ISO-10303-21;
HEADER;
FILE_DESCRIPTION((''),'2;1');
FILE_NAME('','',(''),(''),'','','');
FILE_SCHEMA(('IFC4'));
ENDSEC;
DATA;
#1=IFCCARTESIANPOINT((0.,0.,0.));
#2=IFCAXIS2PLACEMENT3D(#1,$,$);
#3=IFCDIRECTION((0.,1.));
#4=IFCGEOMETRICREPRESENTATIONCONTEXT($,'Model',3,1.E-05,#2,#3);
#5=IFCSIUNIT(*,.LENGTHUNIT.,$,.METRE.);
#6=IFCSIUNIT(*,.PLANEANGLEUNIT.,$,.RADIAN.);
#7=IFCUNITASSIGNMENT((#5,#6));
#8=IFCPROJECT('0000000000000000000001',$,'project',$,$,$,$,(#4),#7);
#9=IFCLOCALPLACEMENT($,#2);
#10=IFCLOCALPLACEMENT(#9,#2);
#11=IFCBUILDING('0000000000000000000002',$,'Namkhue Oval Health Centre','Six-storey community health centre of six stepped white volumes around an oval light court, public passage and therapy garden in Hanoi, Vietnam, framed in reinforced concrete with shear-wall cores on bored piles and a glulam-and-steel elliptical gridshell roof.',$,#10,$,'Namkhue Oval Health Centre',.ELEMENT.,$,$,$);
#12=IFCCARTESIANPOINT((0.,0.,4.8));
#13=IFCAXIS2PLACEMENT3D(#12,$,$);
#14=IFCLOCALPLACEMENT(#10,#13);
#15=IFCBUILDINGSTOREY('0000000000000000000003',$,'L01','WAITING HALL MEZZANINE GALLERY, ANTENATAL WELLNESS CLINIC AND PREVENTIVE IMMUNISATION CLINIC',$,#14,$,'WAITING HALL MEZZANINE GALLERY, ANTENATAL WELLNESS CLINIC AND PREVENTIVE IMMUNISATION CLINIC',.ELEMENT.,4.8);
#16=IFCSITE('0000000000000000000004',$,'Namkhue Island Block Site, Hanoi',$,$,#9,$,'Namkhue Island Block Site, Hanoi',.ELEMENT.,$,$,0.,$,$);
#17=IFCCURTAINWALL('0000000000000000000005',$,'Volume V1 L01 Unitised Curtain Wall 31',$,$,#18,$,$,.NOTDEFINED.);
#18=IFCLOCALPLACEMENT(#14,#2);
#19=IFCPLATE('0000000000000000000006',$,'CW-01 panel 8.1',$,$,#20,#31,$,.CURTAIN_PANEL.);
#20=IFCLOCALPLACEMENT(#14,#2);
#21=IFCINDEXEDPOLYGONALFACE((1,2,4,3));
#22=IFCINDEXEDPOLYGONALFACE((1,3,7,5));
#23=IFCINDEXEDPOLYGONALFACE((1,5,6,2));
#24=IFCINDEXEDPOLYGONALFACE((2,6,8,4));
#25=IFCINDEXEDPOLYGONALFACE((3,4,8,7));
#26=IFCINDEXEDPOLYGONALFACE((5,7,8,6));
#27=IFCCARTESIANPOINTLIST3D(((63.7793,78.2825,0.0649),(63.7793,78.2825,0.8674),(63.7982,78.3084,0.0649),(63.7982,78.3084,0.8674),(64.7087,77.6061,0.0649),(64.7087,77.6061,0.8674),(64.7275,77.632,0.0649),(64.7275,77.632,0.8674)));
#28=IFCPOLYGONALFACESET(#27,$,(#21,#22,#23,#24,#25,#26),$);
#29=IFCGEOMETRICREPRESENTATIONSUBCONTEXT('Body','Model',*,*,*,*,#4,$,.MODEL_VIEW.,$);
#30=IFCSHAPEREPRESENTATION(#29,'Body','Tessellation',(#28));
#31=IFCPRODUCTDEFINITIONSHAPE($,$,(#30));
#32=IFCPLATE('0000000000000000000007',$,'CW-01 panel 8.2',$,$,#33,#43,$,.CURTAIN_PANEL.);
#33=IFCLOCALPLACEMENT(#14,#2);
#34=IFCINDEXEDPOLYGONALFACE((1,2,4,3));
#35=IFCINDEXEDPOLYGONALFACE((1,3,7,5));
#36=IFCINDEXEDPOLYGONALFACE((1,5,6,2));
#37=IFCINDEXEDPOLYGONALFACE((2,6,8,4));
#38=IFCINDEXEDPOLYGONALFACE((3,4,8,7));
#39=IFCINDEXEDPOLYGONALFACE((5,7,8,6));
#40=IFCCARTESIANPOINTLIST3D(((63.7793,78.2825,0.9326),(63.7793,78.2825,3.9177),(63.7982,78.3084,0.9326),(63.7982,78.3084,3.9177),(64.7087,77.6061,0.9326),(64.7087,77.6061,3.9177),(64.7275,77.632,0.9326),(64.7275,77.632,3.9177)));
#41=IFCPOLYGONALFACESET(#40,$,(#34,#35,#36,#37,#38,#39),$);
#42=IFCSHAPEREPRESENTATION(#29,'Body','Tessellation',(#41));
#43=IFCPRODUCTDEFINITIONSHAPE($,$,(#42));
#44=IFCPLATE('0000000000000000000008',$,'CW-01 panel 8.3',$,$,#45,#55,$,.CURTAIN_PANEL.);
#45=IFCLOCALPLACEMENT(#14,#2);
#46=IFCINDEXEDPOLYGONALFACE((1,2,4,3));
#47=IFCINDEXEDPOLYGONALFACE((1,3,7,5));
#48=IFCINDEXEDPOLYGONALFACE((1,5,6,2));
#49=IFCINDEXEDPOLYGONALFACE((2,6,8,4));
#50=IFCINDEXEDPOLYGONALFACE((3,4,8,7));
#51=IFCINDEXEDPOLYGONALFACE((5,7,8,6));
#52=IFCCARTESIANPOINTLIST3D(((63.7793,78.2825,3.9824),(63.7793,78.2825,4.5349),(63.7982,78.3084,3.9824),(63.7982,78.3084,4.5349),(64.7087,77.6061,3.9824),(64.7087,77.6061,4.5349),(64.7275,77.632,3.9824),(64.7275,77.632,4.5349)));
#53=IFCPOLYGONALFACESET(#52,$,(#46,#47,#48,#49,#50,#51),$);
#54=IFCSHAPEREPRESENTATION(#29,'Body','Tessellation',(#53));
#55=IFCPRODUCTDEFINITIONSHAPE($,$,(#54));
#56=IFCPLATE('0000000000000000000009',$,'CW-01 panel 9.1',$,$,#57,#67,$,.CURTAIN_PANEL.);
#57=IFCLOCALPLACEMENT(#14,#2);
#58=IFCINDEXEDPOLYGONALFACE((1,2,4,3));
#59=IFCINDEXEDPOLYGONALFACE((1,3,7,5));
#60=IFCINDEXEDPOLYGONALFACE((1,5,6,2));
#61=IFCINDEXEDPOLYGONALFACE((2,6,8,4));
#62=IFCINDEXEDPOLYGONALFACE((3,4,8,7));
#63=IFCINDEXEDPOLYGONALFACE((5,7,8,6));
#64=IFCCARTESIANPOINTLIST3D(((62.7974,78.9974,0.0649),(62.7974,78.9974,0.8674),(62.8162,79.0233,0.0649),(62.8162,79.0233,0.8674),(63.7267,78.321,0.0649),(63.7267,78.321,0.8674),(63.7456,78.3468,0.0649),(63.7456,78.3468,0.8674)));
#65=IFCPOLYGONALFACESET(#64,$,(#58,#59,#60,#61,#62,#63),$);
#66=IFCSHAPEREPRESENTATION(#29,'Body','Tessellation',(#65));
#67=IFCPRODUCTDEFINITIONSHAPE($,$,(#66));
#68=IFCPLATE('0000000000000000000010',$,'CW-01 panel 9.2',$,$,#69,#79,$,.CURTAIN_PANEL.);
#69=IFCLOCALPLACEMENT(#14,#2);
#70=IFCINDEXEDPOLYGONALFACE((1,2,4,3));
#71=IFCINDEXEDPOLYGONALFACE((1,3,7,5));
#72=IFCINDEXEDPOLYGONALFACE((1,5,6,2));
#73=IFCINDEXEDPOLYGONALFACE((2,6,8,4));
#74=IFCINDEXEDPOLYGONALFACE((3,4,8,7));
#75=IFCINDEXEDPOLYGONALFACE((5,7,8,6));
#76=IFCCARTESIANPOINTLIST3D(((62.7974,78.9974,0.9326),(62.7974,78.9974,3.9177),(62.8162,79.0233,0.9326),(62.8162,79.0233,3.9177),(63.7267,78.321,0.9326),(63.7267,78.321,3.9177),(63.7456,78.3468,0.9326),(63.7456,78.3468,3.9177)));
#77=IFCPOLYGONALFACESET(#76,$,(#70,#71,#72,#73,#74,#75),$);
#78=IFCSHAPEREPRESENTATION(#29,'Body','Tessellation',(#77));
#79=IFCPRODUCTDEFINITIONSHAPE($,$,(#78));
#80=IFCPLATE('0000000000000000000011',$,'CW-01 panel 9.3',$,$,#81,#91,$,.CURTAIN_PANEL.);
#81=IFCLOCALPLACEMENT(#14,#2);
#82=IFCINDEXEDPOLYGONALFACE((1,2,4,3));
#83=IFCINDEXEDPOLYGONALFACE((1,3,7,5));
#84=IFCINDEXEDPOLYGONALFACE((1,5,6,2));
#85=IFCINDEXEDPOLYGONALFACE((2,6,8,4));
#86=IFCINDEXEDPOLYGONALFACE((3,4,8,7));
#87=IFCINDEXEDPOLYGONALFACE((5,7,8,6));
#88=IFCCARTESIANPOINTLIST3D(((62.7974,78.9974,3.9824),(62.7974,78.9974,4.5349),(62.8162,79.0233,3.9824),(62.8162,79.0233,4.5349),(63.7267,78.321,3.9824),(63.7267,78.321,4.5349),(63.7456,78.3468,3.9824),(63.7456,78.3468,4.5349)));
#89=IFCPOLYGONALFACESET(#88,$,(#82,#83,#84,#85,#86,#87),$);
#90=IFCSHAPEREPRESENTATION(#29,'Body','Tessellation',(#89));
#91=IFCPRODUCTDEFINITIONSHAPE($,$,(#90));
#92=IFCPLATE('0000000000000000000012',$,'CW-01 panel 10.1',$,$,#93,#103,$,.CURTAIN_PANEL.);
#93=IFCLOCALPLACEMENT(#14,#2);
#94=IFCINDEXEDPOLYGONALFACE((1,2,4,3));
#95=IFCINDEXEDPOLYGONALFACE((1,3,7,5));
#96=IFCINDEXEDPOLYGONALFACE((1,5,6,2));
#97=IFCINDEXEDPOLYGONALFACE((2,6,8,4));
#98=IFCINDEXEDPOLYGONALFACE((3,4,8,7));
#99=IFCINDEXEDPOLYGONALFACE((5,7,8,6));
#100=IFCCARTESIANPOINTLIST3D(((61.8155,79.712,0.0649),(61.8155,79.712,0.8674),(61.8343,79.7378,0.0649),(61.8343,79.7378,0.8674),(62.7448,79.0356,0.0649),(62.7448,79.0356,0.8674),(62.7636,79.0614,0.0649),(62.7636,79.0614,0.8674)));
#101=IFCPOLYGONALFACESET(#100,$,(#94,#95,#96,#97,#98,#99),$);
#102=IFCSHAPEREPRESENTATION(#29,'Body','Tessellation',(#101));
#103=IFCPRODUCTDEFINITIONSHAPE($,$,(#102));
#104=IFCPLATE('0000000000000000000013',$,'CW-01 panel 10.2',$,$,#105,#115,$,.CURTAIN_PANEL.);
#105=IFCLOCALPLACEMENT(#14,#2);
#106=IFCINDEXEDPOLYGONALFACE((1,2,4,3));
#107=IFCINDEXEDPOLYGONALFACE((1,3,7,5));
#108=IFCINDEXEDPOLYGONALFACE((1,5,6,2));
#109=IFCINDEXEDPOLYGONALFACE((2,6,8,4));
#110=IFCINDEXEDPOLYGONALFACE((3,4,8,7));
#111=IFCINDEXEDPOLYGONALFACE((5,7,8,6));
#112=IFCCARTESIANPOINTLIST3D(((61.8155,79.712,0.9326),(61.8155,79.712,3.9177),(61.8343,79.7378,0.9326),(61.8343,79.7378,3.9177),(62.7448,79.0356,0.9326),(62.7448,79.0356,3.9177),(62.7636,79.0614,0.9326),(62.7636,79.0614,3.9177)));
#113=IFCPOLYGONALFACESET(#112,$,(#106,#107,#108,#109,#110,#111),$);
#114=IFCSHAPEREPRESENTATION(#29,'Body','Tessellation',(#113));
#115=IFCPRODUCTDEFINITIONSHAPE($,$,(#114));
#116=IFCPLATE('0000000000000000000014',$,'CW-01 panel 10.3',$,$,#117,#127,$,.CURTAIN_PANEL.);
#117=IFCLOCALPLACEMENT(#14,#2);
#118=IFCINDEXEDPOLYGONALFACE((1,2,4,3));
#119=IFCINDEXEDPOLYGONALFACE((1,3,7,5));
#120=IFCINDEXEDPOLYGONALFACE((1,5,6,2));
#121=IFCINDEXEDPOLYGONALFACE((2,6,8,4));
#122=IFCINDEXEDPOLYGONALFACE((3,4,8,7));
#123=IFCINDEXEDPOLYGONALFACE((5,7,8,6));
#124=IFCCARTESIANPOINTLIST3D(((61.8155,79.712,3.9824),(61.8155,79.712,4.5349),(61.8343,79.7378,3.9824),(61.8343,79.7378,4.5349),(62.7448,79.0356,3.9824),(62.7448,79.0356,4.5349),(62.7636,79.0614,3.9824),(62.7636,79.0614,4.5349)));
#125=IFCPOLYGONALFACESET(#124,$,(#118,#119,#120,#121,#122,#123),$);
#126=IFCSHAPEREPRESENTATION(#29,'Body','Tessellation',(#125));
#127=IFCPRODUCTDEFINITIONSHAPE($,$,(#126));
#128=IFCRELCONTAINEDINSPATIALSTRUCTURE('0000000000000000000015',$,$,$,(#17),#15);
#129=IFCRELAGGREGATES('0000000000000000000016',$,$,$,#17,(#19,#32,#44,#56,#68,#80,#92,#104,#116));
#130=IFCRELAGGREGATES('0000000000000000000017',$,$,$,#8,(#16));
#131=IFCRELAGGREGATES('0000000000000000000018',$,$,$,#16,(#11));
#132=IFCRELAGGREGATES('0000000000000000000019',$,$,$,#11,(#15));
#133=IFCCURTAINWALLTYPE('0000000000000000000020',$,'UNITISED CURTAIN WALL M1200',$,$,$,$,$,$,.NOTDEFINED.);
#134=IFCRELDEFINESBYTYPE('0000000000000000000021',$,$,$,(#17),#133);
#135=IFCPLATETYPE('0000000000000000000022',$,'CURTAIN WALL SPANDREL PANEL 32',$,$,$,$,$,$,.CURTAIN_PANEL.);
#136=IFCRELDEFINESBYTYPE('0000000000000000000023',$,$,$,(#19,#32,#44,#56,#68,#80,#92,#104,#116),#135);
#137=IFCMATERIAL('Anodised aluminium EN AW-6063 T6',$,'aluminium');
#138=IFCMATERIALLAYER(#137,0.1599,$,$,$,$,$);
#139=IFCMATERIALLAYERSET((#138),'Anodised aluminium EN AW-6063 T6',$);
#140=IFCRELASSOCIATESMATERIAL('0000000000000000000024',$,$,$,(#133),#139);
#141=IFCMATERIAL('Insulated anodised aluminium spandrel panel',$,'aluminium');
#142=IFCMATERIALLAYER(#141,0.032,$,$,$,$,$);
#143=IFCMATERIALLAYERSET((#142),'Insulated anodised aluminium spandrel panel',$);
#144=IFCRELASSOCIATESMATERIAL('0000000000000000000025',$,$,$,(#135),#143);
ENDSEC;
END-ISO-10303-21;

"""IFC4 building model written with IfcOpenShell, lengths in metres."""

from ifc_helpers import new_model, si_unit, direction, frame, origin, origin_2d, place, context, subcontext, project, spatial, rectangle, extrude, material, layer, layer_set, type_object, element, aggregate, save


model = new_model("IFC4")

# Units and contexts
model_context = context("Model", 3, precision=1e-05, world=origin(), true_north=direction((0.0, 1.0)))
body_context = subcontext(model_context, "Body", "Model", "MODEL_VIEW")
ifc_project = project(units=[si_unit("LENGTHUNIT", "METRE"), si_unit("PLANEANGLEUNIT", "RADIAN")], contexts=[model_context])

# Site, building, storey
site_placement = place(None, origin())
site = spatial("IfcSite", under=ifc_project, at=site_placement, Name="Namkhue Island Block Site, Hanoi", LongName="Namkhue Island Block Site, Hanoi", CompositionType="ELEMENT", RefElevation=0.0)
building_placement = place(site_placement, origin())
building = spatial("IfcBuilding", under=site, at=building_placement, Name="Namkhue Oval Health Centre", Description="Six-storey community health centre of six stepped white volumes around an oval light court, public passage and therapy garden in Hanoi, Vietnam, framed in reinforced concrete with shear-wall cores on bored piles and a glulam-and-steel elliptical gridshell roof.", LongName="Namkhue Oval Health Centre", CompositionType="ELEMENT")
storey_placement = place(building_placement, frame((0.0, 0.0, 4.8)))
storey = spatial("IfcBuildingStorey", under=building, at=storey_placement, Name="L01", Description="WAITING HALL MEZZANINE GALLERY, ANTENATAL WELLNESS CLINIC AND PREVENTIVE IMMUNISATION CLINIC", LongName="WAITING HALL MEZZANINE GALLERY, ANTENATAL WELLNESS CLINIC AND PREVENTIVE IMMUNISATION CLINIC", CompositionType="ELEMENT", Elevation=4.8)

# Curtain wall, plates
ifc_material_1 = material(Name="Anodised aluminium EN AW-6063 T6", Category="aluminium")
ifc_layer_1 = layer(ifc_material_1, 0.1599)
ifc_layer_set_1 = layer_set([ifc_layer_1], Name="Anodised aluminium EN AW-6063 T6")
curtain_wall_type = type_object("IfcCurtainWallType", Name="UNITISED CURTAIN WALL M1200", PredefinedType="NOTDEFINED", material=ifc_layer_set_1)
curtain_wall_placement = place(storey_placement, origin())
curtain_wall = element("IfcCurtainWall", 1, at=curtain_wall_placement, inside=storey, type_object=curtain_wall_type, Name="Volume V1 L01 Unitised Curtain Wall 31", PredefinedType="NOTDEFINED")
ifc_material_2 = material(Name="Insulated anodised aluminium spandrel panel", Category="aluminium")
ifc_layer_2 = layer(ifc_material_2, 0.032)
ifc_layer_set_2 = layer_set([ifc_layer_2], Name="Insulated anodised aluminium spandrel panel")
plate_type = type_object("IfcPlateType", Name="CURTAIN WALL SPANDREL PANEL 32", PredefinedType="CURTAIN_PANEL", material=ifc_layer_set_2)
plate_1_placement = place(storey_placement, frame((64.2534, 77.9573, 0.0649), z_axis=(0.0, 0.0, 1.0), x_axis=(-0.808514, 0.588477, 0.0)))
plate_1 = element("IfcPlate", 2, at=plate_1_placement, type_object=plate_type, Name="CW-01 panel 8.1", PredefinedType="CURTAIN_PANEL", context=body_context, shape_type="SweptSolid", body=[
    extrude(rectangle(XDim=1.1494, YDim=0.032, at=origin_2d()), origin(), (0.0, 0.0, 1.0), 0.8025),
])
plate_2_placement = place(storey_placement, frame((64.2534, 77.9573, 0.9326), z_axis=(0.0, 0.0, 1.0), x_axis=(-0.808514, 0.588477, 0.0)))
plate_2 = element("IfcPlate", 3, at=plate_2_placement, type_object=plate_type, Name="CW-01 panel 8.2", PredefinedType="CURTAIN_PANEL", context=body_context, shape_type="SweptSolid", body=[
    extrude(rectangle(XDim=1.1494, YDim=0.032, at=origin_2d()), origin(), (0.0, 0.0, 1.0), 2.9851),
])
plate_3_placement = place(storey_placement, frame((64.2534, 77.9573, 3.9824), z_axis=(0.0, 0.0, 1.0), x_axis=(-0.808514, 0.588477, 0.0)))
plate_3 = element("IfcPlate", 4, at=plate_3_placement, type_object=plate_type, Name="CW-01 panel 8.3", PredefinedType="CURTAIN_PANEL", context=body_context, shape_type="SweptSolid", body=[
    extrude(rectangle(XDim=1.1494, YDim=0.032, at=origin_2d()), origin(), (0.0, 0.0, 1.0), 0.5525),
])
plate_4_placement = place(storey_placement, frame((63.2715, 78.6721, 0.0649), z_axis=(0.0, 0.0, 1.0), x_axis=(-0.808514, 0.588477, 0.0)))
plate_4 = element("IfcPlate", 5, at=plate_4_placement, type_object=plate_type, Name="CW-01 panel 9.1", PredefinedType="CURTAIN_PANEL", context=body_context, shape_type="SweptSolid", body=[
    extrude(rectangle(XDim=1.1494, YDim=0.032, at=origin_2d()), origin(), (0.0, 0.0, 1.0), 0.8025),
])
plate_5_placement = place(storey_placement, frame((63.2715, 78.6721, 0.9326), z_axis=(0.0, 0.0, 1.0), x_axis=(-0.808514, 0.588477, 0.0)))
plate_5 = element("IfcPlate", 6, at=plate_5_placement, type_object=plate_type, Name="CW-01 panel 9.2", PredefinedType="CURTAIN_PANEL", context=body_context, shape_type="SweptSolid", body=[
    extrude(rectangle(XDim=1.1494, YDim=0.032, at=origin_2d()), origin(), (0.0, 0.0, 1.0), 2.9851),
])
plate_6_placement = place(storey_placement, frame((63.2715, 78.6721, 3.9824), z_axis=(0.0, 0.0, 1.0), x_axis=(-0.808514, 0.588477, 0.0)))
plate_6 = element("IfcPlate", 7, at=plate_6_placement, type_object=plate_type, Name="CW-01 panel 9.3", PredefinedType="CURTAIN_PANEL", context=body_context, shape_type="SweptSolid", body=[
    extrude(rectangle(XDim=1.1494, YDim=0.032, at=origin_2d()), origin(), (0.0, 0.0, 1.0), 0.5525),
])
plate_7_placement = place(storey_placement, frame((62.2896, 79.3867, 0.0649), z_axis=(0.0, 0.0, 1.0), x_axis=(-0.808514, 0.588477, 0.0)))
plate_7 = element("IfcPlate", 8, at=plate_7_placement, type_object=plate_type, Name="CW-01 panel 10.1", PredefinedType="CURTAIN_PANEL", context=body_context, shape_type="SweptSolid", body=[
    extrude(rectangle(XDim=1.1494, YDim=0.032, at=origin_2d()), origin(), (0.0, 0.0, 1.0), 0.8025),
])
plate_8_placement = place(storey_placement, frame((62.2896, 79.3867, 0.9326), z_axis=(0.0, 0.0, 1.0), x_axis=(-0.808514, 0.588477, 0.0)))
plate_8 = element("IfcPlate", 9, at=plate_8_placement, type_object=plate_type, Name="CW-01 panel 10.2", PredefinedType="CURTAIN_PANEL", context=body_context, shape_type="SweptSolid", body=[
    extrude(rectangle(XDim=1.1494, YDim=0.032, at=origin_2d()), origin(), (0.0, 0.0, 1.0), 2.9851),
])
plate_9_placement = place(storey_placement, frame((62.2896, 79.3867, 3.9824), z_axis=(0.0, 0.0, 1.0), x_axis=(-0.808514, 0.588477, 0.0)))
plate_9 = element("IfcPlate", 10, at=plate_9_placement, type_object=plate_type, Name="CW-01 panel 10.3", PredefinedType="CURTAIN_PANEL", context=body_context, shape_type="SweptSolid", body=[
    extrude(rectangle(XDim=1.1494, YDim=0.032, at=origin_2d()), origin(), (0.0, 0.0, 1.0), 0.5525),
])
aggregate(curtain_wall, [plate_1, plate_2, plate_3, plate_4, plate_5, plate_6, plate_7, plate_8, plate_9])

save(model, "model.ifc")
